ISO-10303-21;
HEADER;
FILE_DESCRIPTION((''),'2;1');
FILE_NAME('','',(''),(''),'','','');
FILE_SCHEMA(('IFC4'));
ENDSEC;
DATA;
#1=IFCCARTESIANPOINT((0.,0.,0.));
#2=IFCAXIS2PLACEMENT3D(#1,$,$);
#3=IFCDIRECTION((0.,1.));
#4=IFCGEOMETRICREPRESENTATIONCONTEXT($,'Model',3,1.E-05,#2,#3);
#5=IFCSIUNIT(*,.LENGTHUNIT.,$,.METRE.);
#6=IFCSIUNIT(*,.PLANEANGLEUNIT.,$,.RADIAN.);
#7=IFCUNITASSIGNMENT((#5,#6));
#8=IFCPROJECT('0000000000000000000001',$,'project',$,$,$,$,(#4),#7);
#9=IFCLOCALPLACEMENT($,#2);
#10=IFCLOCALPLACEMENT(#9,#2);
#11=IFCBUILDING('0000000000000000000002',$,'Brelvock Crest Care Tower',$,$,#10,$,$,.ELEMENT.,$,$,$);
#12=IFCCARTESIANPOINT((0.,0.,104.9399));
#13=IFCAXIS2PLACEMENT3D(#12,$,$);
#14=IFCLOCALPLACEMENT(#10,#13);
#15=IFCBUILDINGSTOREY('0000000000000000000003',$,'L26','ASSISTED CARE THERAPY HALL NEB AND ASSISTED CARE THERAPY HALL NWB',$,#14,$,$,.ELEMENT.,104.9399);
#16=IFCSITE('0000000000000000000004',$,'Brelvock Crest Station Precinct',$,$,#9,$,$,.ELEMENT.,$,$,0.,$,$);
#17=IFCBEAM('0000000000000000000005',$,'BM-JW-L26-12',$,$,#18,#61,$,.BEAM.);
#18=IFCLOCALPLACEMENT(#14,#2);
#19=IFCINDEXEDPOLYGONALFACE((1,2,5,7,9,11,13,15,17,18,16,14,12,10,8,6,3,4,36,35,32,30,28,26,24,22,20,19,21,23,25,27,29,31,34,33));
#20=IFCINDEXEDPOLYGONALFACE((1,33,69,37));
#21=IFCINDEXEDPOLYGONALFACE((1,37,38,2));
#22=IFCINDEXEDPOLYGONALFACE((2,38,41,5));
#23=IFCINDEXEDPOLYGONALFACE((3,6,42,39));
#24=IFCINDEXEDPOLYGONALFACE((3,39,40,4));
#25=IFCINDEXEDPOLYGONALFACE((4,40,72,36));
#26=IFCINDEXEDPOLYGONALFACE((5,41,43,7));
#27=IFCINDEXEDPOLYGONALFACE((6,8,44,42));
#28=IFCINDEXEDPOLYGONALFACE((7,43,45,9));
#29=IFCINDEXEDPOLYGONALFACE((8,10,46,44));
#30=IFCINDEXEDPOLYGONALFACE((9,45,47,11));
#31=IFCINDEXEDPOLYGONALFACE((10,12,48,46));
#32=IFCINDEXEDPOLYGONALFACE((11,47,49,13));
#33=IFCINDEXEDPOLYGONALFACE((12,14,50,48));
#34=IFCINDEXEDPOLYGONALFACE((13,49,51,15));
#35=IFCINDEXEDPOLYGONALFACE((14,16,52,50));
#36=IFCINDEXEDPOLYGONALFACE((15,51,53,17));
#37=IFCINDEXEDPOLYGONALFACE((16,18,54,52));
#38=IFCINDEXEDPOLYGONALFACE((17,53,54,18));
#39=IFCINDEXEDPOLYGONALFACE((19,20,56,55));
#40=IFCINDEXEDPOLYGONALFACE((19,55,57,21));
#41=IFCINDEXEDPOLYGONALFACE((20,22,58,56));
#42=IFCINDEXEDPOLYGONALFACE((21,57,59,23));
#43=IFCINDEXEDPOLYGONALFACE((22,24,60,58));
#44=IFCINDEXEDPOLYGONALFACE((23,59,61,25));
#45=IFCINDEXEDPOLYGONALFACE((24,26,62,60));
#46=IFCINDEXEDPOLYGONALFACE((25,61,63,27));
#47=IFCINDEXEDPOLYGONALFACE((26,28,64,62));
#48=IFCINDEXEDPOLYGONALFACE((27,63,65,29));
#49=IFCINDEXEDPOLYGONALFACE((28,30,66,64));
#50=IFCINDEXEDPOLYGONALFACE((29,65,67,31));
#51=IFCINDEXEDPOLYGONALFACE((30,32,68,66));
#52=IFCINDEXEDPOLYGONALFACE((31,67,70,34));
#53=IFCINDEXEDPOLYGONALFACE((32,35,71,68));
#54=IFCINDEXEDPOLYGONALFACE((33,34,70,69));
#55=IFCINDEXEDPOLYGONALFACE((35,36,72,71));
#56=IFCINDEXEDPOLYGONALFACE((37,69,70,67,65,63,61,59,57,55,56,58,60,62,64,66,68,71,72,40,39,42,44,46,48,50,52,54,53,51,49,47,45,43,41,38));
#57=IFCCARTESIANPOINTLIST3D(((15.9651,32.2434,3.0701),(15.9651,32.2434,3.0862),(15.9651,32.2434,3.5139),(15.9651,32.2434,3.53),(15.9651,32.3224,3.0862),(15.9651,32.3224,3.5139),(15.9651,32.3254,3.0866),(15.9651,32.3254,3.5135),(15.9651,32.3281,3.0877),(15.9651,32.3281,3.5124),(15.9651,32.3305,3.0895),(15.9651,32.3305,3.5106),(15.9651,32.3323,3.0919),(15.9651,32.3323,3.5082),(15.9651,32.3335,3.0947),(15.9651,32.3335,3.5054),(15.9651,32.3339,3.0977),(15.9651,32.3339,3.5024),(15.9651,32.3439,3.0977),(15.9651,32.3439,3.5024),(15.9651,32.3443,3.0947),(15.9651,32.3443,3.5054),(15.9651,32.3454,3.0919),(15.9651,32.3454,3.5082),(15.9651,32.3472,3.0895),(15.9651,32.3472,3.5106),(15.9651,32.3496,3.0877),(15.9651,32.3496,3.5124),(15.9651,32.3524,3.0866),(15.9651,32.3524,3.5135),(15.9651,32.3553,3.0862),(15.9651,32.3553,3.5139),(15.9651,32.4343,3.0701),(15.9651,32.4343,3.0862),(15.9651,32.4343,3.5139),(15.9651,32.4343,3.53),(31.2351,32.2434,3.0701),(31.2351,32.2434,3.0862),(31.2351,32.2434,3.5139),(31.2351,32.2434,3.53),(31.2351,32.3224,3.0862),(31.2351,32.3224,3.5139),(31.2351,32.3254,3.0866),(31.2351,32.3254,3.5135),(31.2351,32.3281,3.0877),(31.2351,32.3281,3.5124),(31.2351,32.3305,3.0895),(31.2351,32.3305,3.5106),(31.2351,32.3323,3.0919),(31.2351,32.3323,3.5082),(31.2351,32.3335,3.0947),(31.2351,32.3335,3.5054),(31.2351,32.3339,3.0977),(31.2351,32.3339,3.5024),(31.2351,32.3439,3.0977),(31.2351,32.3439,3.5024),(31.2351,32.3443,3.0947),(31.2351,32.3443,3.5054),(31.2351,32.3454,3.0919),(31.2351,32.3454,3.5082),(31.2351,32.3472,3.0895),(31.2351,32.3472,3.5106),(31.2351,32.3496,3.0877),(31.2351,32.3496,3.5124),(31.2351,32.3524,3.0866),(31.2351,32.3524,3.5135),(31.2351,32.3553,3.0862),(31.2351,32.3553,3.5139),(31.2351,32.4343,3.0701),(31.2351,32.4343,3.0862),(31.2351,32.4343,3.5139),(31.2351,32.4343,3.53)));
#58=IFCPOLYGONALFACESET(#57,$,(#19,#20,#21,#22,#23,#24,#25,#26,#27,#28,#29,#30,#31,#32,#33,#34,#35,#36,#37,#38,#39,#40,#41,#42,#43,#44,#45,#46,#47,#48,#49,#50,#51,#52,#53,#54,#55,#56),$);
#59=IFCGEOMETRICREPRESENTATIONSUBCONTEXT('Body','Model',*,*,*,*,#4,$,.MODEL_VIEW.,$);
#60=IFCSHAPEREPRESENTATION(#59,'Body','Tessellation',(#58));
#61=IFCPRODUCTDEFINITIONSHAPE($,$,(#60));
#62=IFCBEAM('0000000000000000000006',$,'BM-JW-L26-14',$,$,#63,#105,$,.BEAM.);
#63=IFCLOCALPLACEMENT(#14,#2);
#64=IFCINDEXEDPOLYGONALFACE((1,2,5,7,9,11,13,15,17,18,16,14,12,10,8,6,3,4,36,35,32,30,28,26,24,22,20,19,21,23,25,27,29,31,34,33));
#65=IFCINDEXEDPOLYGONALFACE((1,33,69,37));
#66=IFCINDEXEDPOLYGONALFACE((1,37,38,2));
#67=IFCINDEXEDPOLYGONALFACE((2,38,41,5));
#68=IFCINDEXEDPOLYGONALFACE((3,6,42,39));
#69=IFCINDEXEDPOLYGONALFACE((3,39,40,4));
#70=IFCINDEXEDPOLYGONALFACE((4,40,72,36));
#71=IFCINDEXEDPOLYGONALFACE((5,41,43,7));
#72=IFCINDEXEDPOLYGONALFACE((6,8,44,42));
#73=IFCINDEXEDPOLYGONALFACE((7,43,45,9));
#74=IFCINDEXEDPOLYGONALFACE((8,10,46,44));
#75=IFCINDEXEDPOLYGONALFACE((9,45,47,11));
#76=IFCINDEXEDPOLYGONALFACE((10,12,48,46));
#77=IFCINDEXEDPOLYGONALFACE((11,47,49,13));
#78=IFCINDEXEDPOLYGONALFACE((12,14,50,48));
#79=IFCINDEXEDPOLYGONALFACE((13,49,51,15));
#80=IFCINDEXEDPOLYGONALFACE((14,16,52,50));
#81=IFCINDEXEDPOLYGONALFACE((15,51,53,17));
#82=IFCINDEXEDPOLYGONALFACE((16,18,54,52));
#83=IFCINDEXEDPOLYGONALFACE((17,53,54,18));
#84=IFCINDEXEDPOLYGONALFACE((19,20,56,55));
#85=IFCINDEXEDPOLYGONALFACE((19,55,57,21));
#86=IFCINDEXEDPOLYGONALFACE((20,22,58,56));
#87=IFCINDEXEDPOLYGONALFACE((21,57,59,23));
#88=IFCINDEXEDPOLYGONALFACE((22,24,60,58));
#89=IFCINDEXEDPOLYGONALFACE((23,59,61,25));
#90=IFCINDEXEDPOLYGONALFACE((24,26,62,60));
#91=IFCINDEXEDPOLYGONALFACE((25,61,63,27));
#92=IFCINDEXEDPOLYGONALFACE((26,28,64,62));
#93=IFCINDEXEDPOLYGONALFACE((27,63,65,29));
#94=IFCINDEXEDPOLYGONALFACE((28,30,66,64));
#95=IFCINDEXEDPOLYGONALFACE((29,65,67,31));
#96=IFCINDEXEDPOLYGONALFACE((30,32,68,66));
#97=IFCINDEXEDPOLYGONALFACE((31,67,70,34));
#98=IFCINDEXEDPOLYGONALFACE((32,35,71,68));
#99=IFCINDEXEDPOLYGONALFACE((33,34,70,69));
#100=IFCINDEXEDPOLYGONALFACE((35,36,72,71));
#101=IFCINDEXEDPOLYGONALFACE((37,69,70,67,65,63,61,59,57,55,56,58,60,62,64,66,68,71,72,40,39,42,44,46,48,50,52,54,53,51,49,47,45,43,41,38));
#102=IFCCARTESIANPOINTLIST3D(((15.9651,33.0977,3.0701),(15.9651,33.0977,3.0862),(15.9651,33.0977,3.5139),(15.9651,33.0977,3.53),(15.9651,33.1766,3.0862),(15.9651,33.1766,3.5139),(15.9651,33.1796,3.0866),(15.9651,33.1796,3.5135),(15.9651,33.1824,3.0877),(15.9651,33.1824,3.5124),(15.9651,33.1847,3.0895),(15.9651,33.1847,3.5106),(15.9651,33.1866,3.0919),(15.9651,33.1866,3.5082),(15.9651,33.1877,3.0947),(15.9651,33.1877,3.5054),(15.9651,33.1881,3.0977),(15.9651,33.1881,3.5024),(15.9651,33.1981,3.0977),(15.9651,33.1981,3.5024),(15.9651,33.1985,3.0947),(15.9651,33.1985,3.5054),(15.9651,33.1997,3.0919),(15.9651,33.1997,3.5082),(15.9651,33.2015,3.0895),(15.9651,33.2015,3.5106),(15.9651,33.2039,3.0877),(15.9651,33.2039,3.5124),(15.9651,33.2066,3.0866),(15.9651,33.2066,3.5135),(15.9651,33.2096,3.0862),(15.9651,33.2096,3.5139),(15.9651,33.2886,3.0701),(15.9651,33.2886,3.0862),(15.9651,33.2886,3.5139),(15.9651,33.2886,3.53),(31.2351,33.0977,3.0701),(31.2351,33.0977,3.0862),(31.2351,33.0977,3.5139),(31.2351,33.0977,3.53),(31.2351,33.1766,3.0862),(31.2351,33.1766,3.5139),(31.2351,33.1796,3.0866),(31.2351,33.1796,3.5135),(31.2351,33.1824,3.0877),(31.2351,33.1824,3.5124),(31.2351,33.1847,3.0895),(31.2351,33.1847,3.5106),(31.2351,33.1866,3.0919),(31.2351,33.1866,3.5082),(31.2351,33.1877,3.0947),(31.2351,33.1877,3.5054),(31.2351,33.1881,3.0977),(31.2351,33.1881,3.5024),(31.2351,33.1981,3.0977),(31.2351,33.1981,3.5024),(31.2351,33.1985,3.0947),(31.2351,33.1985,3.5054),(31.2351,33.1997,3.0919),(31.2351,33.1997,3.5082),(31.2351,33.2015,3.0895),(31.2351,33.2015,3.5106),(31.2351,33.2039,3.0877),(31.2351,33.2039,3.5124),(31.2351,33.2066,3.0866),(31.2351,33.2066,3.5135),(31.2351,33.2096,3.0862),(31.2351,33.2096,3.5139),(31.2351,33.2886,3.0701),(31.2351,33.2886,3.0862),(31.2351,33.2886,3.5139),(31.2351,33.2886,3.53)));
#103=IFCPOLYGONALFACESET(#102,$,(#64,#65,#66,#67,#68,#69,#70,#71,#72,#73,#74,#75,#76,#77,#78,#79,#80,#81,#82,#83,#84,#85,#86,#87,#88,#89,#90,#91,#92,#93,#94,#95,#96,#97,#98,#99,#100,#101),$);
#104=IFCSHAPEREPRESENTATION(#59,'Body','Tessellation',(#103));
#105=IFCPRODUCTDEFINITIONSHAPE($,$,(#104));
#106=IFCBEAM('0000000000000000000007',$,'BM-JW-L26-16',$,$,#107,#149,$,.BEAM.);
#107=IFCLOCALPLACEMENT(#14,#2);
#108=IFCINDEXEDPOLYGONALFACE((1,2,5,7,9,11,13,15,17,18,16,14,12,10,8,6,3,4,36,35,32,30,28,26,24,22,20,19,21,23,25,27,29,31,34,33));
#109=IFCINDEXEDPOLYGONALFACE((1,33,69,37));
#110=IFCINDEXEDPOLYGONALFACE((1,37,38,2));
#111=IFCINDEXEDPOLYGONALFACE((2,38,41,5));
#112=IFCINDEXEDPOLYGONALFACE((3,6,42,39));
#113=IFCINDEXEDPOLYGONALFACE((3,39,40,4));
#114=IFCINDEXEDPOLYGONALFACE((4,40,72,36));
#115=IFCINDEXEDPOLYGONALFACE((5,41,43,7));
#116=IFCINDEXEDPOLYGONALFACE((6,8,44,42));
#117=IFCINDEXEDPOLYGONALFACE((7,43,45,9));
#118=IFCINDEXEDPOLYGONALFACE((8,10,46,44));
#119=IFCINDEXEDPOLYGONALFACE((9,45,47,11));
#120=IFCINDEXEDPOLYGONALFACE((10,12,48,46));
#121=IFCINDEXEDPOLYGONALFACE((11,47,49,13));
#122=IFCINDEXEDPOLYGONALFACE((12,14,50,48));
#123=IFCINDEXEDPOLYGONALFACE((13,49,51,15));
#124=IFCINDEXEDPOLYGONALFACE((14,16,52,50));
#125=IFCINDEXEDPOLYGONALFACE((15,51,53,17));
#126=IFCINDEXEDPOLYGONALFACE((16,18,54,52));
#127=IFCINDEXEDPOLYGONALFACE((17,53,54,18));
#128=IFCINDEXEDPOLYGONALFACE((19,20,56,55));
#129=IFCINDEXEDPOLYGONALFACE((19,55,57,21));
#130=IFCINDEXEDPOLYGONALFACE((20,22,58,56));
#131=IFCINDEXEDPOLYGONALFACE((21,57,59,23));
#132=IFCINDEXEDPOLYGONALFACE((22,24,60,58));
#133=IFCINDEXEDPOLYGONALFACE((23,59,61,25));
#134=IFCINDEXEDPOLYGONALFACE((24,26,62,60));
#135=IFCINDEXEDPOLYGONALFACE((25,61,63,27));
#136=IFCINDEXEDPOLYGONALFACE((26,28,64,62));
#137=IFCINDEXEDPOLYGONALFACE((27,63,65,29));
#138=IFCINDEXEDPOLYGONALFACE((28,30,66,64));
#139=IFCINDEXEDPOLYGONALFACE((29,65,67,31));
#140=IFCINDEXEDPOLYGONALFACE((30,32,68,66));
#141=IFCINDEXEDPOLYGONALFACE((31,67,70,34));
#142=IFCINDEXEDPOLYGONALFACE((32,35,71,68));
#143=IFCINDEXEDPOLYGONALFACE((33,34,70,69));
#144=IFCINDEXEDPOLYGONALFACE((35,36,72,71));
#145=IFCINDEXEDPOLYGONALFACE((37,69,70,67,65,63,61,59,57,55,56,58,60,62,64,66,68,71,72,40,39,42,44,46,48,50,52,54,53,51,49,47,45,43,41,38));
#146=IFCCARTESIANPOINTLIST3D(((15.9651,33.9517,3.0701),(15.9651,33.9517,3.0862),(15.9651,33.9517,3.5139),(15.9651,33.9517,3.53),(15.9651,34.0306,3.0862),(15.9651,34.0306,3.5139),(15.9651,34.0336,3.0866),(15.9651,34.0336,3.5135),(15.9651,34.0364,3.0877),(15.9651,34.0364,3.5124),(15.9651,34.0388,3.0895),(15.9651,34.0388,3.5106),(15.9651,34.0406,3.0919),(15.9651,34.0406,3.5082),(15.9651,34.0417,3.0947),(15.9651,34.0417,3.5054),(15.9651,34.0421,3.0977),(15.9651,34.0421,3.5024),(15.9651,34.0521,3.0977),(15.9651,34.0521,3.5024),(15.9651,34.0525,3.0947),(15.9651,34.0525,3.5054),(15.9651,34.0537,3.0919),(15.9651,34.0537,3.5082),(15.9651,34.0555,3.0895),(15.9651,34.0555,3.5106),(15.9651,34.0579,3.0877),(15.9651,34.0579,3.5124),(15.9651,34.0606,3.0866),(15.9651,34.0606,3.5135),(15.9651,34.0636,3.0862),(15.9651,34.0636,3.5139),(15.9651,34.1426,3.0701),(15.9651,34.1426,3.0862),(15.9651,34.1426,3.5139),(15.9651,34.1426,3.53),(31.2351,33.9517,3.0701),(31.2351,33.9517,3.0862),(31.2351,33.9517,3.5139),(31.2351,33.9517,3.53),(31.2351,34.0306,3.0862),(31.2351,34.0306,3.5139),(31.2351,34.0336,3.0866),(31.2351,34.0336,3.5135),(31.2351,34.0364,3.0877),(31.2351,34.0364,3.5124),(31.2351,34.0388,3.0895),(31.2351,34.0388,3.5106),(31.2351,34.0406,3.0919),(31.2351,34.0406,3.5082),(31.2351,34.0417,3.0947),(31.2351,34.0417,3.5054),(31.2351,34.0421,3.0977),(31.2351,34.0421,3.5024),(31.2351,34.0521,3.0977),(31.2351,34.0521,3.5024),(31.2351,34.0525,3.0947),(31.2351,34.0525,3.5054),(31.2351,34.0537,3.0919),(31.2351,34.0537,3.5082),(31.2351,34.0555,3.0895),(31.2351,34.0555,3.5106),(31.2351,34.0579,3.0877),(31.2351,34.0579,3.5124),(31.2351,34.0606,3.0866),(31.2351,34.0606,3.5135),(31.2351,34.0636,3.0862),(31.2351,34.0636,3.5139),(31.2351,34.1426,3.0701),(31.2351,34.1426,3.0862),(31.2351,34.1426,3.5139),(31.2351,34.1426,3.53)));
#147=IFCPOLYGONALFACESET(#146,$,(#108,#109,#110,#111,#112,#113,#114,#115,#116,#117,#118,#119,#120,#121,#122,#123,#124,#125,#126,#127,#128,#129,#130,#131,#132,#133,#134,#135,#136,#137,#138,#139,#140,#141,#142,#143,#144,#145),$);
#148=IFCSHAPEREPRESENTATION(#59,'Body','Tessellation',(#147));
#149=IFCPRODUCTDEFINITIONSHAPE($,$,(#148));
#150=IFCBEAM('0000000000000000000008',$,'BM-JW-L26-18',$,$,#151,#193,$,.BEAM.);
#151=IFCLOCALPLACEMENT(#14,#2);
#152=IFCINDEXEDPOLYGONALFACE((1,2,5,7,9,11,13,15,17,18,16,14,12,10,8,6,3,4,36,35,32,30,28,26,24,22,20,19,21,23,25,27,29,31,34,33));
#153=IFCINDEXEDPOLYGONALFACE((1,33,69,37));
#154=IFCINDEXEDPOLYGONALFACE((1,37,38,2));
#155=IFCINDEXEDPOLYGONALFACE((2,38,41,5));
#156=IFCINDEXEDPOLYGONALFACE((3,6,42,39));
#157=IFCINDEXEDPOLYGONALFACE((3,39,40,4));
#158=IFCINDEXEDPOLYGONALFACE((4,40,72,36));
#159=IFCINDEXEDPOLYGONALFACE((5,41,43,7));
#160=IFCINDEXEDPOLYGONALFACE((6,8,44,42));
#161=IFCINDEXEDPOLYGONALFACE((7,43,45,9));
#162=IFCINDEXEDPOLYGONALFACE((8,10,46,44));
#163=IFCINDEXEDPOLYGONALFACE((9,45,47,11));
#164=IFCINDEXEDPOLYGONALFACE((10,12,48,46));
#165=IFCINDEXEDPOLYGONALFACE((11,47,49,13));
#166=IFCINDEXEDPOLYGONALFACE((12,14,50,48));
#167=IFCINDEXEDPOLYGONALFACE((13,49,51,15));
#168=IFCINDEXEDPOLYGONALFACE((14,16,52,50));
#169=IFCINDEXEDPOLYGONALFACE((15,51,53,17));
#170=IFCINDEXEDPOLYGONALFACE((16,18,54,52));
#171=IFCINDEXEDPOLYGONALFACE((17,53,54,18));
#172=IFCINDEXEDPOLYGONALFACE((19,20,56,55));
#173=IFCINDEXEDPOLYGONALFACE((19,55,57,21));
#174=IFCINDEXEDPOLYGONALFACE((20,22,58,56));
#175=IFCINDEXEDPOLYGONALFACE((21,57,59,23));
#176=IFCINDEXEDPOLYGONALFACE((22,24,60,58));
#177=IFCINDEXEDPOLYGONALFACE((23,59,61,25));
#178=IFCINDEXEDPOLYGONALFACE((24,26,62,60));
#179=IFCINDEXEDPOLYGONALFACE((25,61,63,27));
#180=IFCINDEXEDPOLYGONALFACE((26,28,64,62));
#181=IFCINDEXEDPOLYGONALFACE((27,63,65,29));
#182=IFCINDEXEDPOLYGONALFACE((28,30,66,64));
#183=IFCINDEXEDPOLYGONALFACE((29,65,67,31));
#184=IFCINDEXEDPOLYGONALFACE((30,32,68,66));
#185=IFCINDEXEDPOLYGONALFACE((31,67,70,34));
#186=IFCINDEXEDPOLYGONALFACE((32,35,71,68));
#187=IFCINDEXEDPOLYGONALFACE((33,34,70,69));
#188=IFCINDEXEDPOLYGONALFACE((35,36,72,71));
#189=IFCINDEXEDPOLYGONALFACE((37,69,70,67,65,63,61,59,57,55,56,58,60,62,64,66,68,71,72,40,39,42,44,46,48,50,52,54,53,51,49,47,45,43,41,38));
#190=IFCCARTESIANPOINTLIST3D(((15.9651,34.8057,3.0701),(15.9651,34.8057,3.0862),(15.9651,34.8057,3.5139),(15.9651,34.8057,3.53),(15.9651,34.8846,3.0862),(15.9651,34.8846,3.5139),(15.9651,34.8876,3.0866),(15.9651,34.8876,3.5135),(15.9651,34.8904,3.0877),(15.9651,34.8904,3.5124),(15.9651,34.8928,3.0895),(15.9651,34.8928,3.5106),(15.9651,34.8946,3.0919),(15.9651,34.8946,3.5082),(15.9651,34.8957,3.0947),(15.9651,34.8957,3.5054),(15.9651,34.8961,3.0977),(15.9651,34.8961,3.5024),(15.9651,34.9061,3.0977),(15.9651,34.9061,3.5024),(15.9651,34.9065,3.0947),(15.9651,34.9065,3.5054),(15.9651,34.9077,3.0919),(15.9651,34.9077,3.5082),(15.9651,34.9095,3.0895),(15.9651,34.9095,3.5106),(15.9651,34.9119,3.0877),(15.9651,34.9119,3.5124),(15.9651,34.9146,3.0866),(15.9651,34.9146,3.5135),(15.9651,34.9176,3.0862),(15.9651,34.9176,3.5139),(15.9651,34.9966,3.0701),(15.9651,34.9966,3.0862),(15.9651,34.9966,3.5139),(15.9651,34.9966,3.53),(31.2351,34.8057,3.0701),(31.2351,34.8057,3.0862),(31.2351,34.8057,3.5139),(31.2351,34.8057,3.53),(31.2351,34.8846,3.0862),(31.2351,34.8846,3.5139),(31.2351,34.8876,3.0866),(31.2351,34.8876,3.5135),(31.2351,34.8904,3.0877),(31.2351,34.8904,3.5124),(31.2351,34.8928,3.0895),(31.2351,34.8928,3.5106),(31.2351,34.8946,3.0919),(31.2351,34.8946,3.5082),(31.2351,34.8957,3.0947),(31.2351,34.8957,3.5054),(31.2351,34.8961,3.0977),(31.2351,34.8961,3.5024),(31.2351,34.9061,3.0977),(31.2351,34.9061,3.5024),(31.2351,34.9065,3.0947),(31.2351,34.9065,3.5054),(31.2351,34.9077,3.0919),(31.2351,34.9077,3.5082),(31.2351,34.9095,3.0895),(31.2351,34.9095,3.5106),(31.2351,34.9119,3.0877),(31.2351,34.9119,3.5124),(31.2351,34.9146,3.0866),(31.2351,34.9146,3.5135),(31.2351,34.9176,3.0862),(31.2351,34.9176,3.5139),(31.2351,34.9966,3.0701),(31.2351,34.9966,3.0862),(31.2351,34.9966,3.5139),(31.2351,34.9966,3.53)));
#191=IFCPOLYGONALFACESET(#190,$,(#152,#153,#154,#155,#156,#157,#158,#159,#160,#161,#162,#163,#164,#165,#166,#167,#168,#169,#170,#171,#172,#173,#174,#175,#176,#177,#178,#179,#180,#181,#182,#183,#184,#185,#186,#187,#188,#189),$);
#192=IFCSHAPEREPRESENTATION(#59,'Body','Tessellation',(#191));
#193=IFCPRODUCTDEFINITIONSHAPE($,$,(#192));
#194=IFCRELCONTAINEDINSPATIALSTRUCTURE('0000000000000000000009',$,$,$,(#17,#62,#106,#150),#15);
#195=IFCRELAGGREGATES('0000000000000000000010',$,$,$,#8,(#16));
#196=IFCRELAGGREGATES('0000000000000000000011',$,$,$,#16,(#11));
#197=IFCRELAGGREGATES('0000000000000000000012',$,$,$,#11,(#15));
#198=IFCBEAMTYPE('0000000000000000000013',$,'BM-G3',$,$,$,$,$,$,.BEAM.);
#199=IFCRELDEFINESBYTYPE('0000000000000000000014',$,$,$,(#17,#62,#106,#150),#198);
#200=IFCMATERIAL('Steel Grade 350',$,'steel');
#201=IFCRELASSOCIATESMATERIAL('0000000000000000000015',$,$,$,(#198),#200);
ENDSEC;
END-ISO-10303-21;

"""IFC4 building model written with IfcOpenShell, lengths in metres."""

from ifc_helpers import new_model, si_unit, direction, frame, origin, origin_2d, place, context, subcontext, project, spatial, i_section, extrude, source, transform, mapped, material, material_profile, profile_set, type_object, element, save


model = new_model("IFC4")

# Units and contexts
model_context = context("Model", 3, precision=1e-05, world=origin(), true_north=direction((0.0, 1.0)))
body_context = subcontext(model_context, "Body", "Model", "MODEL_VIEW")
ifc_project = project(units=[si_unit("LENGTHUNIT", "METRE"), si_unit("PLANEANGLEUNIT", "RADIAN")], contexts=[model_context])

# Site, building, storey
site_placement = place(None, origin())
site = spatial("IfcSite", under=ifc_project, at=site_placement, Name="Brelvock Crest Station Precinct", CompositionType="ELEMENT", RefElevation=0.0)
building_placement = place(site_placement, origin())
building = spatial("IfcBuilding", under=site, at=building_placement, Name="Brelvock Crest Care Tower", CompositionType="ELEMENT")
storey_placement = place(building_placement, frame((0.0, 0.0, 104.9399)))
storey = spatial("IfcBuildingStorey", under=building, at=storey_placement, Name="L26", Description="ASSISTED CARE THERAPY HALL NEB AND ASSISTED CARE THERAPY HALL NWB", CompositionType="ELEMENT", Elevation=104.9399)

# Shared definitions
ifc_material_1 = material(Name="Steel Grade 350", Category="steel")

# Beams
ifc_material_profile_1 = material_profile(ifc_material_1, i_section(OverallWidth=0.1909, OverallDepth=0.46, WebThickness=0.01, FlangeThickness=0.0161, FilletRadius=0.0115, at=origin_2d()), Name="460UB82.1")
ifc_profile_set_1 = profile_set([ifc_material_profile_1], Name="Steel Grade 350")
beam_type_1 = type_object("IfcBeamType", Name="BM-G3", PredefinedType="BEAM", material=ifc_profile_set_1)
shared_shape_1 = source(origin(), body_context, "Body", "SweptSolid", [
    extrude(i_section(OverallWidth=0.1909, OverallDepth=0.46, WebThickness=0.01, FlangeThickness=0.0161, FilletRadius=0.0115, at=origin_2d()), origin(), (0.0, 0.0, 1.0), 15.27),
])
for number, where, z_axis, x_axis, name in (
    (1, (15.9651, 32.3389, 3.3), (1.0, 0.0, 0.0), (0.0, 1.0, 0.0), "BM-JW-L26-12"),
    (2, (15.9651, 33.1931, 3.3), (1.0, 0.0, 0.0), (0.0, 1.0, 0.0), "BM-JW-L26-14"),
    (3, (15.9651, 34.0471, 3.3), (1.0, 0.0, 0.0), (0.0, 1.0, 0.0), "BM-JW-L26-16"),
    (4, (15.9651, 34.9011, 3.3), (1.0, 0.0, 0.0), (0.0, 1.0, 0.0), "BM-JW-L26-18"),
):
    element("IfcBeam", number, at=place(storey_placement, frame(where, z_axis=z_axis, x_axis=x_axis)), inside=storey, type_object=beam_type_1, Name=name, PredefinedType="BEAM", context=body_context, shape_type="MappedRepresentation", body=[
        mapped(shared_shape_1, transform((0.0, 0.0, 0.0), x_axis=(1.0, 0.0, 0.0), y_axis=(0.0, 1.0, 0.0), z_axis=(0.0, 0.0, 1.0), scale=1.0)),
    ])

save(model, "model.ifc")
